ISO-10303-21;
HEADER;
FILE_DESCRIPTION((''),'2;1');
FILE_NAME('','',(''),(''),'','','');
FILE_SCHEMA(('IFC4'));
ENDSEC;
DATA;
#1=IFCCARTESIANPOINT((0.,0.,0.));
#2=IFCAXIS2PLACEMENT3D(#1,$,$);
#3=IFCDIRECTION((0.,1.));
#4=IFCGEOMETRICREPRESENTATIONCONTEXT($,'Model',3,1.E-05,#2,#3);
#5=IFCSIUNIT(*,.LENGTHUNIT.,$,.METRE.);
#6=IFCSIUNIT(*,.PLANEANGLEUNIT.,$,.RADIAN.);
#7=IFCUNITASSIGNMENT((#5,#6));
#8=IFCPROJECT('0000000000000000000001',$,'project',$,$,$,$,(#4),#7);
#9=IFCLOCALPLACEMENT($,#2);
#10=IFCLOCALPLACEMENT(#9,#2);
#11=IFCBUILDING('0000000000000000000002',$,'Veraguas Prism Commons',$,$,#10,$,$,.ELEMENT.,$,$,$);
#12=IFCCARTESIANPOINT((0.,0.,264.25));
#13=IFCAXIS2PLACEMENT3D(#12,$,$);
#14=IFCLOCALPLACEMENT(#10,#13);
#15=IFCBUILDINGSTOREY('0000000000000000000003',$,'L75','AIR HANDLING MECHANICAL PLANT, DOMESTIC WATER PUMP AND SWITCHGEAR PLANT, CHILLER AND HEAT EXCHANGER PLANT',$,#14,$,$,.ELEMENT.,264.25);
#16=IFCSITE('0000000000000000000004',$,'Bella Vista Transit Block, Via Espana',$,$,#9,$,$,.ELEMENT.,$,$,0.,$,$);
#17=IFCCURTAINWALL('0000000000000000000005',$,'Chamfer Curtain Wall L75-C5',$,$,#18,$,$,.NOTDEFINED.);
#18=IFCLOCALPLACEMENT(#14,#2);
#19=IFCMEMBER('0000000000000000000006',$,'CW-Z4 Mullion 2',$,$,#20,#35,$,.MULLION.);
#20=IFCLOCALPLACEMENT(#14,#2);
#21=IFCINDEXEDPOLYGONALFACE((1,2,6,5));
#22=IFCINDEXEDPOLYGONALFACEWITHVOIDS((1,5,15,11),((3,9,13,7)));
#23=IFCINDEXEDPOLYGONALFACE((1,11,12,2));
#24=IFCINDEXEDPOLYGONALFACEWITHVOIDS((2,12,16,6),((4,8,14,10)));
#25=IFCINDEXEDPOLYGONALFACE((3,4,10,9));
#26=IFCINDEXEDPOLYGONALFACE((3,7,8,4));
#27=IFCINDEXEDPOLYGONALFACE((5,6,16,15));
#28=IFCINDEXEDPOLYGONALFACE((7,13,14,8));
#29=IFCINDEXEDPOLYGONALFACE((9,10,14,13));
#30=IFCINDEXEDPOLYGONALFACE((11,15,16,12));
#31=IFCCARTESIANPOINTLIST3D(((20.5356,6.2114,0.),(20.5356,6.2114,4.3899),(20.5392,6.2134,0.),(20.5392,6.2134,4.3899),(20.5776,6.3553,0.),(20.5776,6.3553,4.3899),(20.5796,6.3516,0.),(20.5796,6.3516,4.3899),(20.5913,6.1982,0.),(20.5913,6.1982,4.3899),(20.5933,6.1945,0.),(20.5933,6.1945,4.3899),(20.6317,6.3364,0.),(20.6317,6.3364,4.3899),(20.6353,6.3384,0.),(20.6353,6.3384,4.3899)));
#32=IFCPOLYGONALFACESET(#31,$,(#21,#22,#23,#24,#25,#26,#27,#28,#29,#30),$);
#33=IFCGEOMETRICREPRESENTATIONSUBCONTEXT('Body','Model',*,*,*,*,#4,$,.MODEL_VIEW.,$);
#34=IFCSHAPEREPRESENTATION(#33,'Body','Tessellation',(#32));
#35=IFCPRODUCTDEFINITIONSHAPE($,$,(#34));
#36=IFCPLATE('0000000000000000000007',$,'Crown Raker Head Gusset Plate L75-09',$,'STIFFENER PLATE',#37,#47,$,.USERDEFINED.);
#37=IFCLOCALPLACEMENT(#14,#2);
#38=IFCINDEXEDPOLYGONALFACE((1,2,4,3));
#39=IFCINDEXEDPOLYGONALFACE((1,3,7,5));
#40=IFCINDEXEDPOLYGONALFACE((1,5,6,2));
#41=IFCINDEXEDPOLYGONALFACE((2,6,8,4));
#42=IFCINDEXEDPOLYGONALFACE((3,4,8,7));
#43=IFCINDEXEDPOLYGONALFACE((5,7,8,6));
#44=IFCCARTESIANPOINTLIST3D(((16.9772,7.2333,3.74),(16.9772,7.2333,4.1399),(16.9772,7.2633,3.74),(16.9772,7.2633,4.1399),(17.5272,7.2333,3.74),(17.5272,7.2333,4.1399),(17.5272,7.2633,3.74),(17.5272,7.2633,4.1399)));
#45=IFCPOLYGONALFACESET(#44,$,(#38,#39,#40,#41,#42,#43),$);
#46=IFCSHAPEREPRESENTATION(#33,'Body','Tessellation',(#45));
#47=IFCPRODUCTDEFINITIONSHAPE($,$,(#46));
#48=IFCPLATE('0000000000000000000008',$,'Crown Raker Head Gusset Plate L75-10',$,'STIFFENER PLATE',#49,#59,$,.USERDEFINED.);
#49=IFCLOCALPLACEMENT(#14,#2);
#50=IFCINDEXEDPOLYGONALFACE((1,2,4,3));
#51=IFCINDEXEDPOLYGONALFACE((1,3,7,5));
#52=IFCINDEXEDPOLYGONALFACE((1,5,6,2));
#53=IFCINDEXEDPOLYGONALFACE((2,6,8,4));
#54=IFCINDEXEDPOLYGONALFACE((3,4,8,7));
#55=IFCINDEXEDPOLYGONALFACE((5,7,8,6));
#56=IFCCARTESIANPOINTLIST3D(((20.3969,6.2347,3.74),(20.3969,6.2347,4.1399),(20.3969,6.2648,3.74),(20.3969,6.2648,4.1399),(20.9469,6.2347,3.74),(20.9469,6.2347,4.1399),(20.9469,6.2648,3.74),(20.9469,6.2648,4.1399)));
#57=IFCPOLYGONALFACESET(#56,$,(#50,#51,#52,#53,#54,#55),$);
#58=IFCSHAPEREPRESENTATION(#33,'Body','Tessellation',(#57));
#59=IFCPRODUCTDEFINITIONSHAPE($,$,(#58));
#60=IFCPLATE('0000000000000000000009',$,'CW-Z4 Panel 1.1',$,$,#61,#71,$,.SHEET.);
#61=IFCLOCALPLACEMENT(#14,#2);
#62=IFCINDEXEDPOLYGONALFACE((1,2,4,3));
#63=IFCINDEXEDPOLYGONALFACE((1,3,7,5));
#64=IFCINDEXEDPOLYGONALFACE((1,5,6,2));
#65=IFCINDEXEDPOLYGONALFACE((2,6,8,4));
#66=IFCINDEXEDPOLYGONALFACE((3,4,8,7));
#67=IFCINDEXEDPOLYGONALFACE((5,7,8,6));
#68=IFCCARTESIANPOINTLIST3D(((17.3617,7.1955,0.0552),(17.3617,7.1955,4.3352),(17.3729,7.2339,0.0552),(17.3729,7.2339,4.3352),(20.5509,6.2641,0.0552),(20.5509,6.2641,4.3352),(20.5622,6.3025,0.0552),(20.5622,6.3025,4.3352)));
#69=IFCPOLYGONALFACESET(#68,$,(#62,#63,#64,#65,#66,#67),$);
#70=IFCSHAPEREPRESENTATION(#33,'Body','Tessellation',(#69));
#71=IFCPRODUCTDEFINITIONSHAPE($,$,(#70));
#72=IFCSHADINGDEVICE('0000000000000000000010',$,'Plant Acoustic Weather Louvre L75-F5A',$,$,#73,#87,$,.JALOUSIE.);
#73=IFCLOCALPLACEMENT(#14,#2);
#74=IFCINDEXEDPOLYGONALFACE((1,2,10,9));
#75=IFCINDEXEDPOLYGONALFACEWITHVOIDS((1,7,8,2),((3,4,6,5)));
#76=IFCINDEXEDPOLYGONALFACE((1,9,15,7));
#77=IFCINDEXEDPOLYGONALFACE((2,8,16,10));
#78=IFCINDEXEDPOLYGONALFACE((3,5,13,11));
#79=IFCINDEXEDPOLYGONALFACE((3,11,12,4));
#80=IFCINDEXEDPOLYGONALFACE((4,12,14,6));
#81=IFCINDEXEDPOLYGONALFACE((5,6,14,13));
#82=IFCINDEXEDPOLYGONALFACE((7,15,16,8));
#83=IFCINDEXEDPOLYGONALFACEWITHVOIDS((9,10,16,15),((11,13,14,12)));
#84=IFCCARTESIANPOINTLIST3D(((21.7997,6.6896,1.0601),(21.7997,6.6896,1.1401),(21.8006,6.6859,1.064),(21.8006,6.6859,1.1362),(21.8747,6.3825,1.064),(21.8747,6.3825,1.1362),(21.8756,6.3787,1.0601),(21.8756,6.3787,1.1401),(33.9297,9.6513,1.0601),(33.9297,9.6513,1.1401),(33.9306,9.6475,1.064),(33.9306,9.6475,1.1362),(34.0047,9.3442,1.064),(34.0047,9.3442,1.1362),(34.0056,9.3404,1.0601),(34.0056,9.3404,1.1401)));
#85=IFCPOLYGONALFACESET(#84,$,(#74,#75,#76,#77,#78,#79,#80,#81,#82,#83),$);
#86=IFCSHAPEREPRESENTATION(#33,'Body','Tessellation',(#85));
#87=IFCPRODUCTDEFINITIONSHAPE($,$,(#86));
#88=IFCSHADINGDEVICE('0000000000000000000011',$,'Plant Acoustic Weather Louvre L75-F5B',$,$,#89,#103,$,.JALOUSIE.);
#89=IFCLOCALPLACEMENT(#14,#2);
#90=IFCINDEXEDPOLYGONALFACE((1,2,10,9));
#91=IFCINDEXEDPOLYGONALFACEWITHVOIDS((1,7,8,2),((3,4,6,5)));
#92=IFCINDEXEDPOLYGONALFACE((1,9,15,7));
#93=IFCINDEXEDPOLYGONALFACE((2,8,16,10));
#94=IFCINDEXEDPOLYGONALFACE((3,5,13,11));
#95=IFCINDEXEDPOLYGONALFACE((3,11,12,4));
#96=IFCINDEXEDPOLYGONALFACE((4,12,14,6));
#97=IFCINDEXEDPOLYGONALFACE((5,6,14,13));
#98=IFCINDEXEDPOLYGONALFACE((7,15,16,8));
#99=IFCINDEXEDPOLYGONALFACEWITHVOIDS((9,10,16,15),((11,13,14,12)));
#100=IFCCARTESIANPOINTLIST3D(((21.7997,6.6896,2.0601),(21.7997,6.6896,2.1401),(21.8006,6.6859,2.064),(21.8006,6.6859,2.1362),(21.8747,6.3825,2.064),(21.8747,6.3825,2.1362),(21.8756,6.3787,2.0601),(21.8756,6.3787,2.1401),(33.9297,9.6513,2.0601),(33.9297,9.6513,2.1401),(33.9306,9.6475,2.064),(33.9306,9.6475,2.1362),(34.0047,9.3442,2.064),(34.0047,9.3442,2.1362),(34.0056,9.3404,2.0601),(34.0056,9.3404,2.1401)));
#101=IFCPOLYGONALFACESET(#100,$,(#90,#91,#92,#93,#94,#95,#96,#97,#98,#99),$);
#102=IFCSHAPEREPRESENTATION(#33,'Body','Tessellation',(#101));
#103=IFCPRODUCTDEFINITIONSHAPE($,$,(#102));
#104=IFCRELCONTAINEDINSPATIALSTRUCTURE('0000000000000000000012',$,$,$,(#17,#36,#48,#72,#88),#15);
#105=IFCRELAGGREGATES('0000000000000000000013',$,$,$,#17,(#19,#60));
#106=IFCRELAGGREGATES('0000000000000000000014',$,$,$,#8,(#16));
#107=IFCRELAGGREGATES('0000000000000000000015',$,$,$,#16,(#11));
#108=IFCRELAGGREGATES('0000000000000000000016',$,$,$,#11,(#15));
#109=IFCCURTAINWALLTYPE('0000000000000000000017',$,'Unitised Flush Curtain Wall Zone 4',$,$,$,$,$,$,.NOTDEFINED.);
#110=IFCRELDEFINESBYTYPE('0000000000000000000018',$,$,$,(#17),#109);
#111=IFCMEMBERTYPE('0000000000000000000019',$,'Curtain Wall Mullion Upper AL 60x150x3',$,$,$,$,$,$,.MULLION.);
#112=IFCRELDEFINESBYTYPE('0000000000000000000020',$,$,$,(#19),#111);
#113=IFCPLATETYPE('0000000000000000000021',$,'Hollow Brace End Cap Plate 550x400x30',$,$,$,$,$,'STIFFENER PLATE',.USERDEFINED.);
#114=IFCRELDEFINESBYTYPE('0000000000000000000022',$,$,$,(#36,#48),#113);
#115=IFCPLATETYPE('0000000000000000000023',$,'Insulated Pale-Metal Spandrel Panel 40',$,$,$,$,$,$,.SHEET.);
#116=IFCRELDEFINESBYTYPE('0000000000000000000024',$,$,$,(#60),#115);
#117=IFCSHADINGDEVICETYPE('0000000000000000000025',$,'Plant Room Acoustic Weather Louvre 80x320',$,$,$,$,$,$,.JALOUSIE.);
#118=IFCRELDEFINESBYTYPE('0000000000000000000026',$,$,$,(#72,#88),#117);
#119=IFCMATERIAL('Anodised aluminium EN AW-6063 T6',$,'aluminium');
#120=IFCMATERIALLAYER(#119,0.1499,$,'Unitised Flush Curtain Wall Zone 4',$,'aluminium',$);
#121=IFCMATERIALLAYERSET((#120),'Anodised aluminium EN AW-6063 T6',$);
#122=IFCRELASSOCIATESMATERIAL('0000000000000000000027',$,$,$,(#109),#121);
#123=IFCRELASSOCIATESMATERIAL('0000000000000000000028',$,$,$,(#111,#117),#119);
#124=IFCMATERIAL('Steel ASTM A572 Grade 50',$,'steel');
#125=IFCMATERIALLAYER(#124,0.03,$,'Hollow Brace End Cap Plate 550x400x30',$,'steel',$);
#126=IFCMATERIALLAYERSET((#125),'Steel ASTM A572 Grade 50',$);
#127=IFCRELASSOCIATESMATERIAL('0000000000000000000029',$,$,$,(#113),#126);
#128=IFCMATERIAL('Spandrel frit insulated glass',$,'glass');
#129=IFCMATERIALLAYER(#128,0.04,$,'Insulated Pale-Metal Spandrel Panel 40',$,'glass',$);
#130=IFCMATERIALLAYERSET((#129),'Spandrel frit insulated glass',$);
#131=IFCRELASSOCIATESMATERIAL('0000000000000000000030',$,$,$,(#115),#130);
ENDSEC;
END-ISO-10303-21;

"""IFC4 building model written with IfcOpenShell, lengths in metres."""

from ifc_helpers import new_model, si_unit, direction, frame, origin, origin_2d, place, context, subcontext, project, spatial, rectangle, hollow_rectangle, extrude, source, transform, mapped, material, layer, layer_set, material_profile, profile_set, type_object, element, aggregate, save


model = new_model("IFC4")

# Units and contexts
model_context = context("Model", 3, precision=1e-05, world=origin(), true_north=direction((0.0, 1.0)))
body_context = subcontext(model_context, "Body", "Model", "MODEL_VIEW")
ifc_project = project(units=[si_unit("LENGTHUNIT", "METRE"), si_unit("PLANEANGLEUNIT", "RADIAN")], contexts=[model_context])

# Site, building, storey
site_placement = place(None, origin())
site = spatial("IfcSite", under=ifc_project, at=site_placement, Name="Bella Vista Transit Block, Via Espana", CompositionType="ELEMENT", RefElevation=0.0)
building_placement = place(site_placement, origin())
building = spatial("IfcBuilding", under=site, at=building_placement, Name="Veraguas Prism Commons", CompositionType="ELEMENT")
storey_placement = place(building_placement, frame((0.0, 0.0, 264.25)))
storey = spatial("IfcBuildingStorey", under=building, at=storey_placement, Name="L75", Description="AIR HANDLING MECHANICAL PLANT, DOMESTIC WATER PUMP AND SWITCHGEAR PLANT, CHILLER AND HEAT EXCHANGER PLANT", CompositionType="ELEMENT", Elevation=264.25)

# Curtain wall
ifc_material_1 = material(Name="Anodised aluminium EN AW-6063 T6", Category="aluminium")
ifc_layer_1 = layer(ifc_material_1, 0.1499, Name="Unitised Flush Curtain Wall Zone 4", Category="aluminium")
ifc_layer_set_1 = layer_set([ifc_layer_1], Name="Anodised aluminium EN AW-6063 T6")
curtain_wall_type = type_object("IfcCurtainWallType", Name="Unitised Flush Curtain Wall Zone 4", PredefinedType="NOTDEFINED", material=ifc_layer_set_1)
curtain_wall_1_placement = place(storey_placement, origin())
curtain_wall_1 = element("IfcCurtainWall", 1, at=curtain_wall_1_placement, inside=storey, type_object=curtain_wall_type, Name="Chamfer Curtain Wall L75-C5", PredefinedType="NOTDEFINED")

# Shared definitions
ifc_material_profile_1 = material_profile(ifc_material_1, hollow_rectangle(XDim=0.0601, YDim=0.1499, WallThickness=0.0029, at=origin_2d()), Name="AL60X150X3")
ifc_profile_set_1 = profile_set([ifc_material_profile_1], Name="Anodised aluminium EN AW-6063 T6")
member_type_1 = type_object("IfcMemberType", Name="Curtain Wall Mullion Upper AL 60x150x3", PredefinedType="MULLION", material=ifc_profile_set_1)
shared_shape_1 = source(origin(), body_context, "Body", "SweptSolid", [
    extrude(hollow_rectangle(XDim=0.0601, YDim=0.1499, WallThickness=0.0029, at=origin_2d()), origin(), (0.0, 0.0, 1.0), 4.3899),
])

# Member
member_1_placement = place(storey_placement, frame((20.5854, 6.2749, 0.0), z_axis=(0.0, 0.0, 1.0), x_axis=(0.959905, -0.280325, 0.0)))
member_1 = element("IfcMember", 2, at=member_1_placement, type_object=member_type_1, Name="CW-Z4 Mullion 2", PredefinedType="MULLION", context=body_context, shape_type="MappedRepresentation", body=[
    mapped(shared_shape_1, transform((0.0, 0.0, 0.0), scale=1.0)),
])

# Plates
ifc_material_2 = material(Name="Steel ASTM A572 Grade 50", Category="steel")
ifc_layer_2 = layer(ifc_material_2, 0.03, Name="Hollow Brace End Cap Plate 550x400x30", Category="steel")
ifc_layer_set_2 = layer_set([ifc_layer_2], Name="Steel ASTM A572 Grade 50")
plate_type_1 = type_object("IfcPlateType", Name="Hollow Brace End Cap Plate 550x400x30", ElementType="STIFFENER PLATE", PredefinedType="USERDEFINED", material=ifc_layer_set_2)
shared_shape_2 = source(origin(), body_context, "Body", "SweptSolid", [
    extrude(rectangle(XDim=0.55, YDim=0.03, at=origin_2d()), origin(), (0.0, 0.0, 1.0), 0.3999),
])
for number, where, z_axis, x_axis, name in (
    (3, (17.2522, 7.2483, 3.74), (0.0, 0.0, 1.0), (1.0, 0.0, 0.0), "Crown Raker Head Gusset Plate L75-09"),
    (4, (20.6719, 6.2498, 3.74), (0.0, 0.0, 1.0), (1.0, 0.0, 0.0), "Crown Raker Head Gusset Plate L75-10"),
):
    element("IfcPlate", number, at=place(storey_placement, frame(where, z_axis=z_axis, x_axis=x_axis)), inside=storey, type_object=plate_type_1, Name=name, ObjectType="STIFFENER PLATE", PredefinedType="USERDEFINED", context=body_context, shape_type="MappedRepresentation", body=[
        mapped(shared_shape_2, transform((0.0, 0.0, 0.0), scale=1.0)),
    ])

# Plate
ifc_material_3 = material(Name="Spandrel frit insulated glass", Category="glass")
ifc_layer_3 = layer(ifc_material_3, 0.04, Name="Insulated Pale-Metal Spandrel Panel 40", Category="glass")
ifc_layer_set_3 = layer_set([ifc_layer_3], Name="Spandrel frit insulated glass")
plate_type_2 = type_object("IfcPlateType", Name="Insulated Pale-Metal Spandrel Panel 40", PredefinedType="SHEET", material=ifc_layer_set_3)
shared_shape_3 = source(origin(), body_context, "Body", "SweptSolid", [
    extrude(rectangle(XDim=3.3225, YDim=0.04, at=origin_2d()), origin(), (0.0, 0.0, 1.0), 4.28),
])
plate_placement = place(storey_placement, frame((18.9619, 6.749, 0.0552), z_axis=(0.0, 0.0, 1.0), x_axis=(0.959905, -0.280325, 0.0)))
plate = element("IfcPlate", 5, at=plate_placement, type_object=plate_type_2, Name="CW-Z4 Panel 1.1", PredefinedType="SHEET", context=body_context, shape_type="MappedRepresentation", body=[
    mapped(shared_shape_3, transform((0.0, 0.0, 0.0), scale=1.0)),
])
aggregate(curtain_wall_1, [member_1, plate])

# Shading devices
ifc_material_profile_2 = material_profile(ifc_material_1, hollow_rectangle(XDim=0.0801, YDim=0.3201, WallThickness=0.0039, at=origin_2d()), Name="LVR80X320X4")
ifc_profile_set_2 = profile_set([ifc_material_profile_2], Name="Anodised aluminium EN AW-6063 T6")
shading_device_type = type_object("IfcShadingDeviceType", Name="Plant Room Acoustic Weather Louvre 80x320", PredefinedType="JALOUSIE", material=ifc_profile_set_2)
for number, where, z_axis, x_axis, name in (
    (6, (21.8376, 6.5342, 1.1001), (0.971462, 0.237195, 0.0), (0.0, 0.0, 1.0), "Plant Acoustic Weather Louvre L75-F5A"),
    (7, (21.8376, 6.5342, 2.1001), (0.971462, 0.237195, 0.0), (0.0, 0.0, 1.0), "Plant Acoustic Weather Louvre L75-F5B"),
):
    element("IfcShadingDevice", number, at=place(storey_placement, frame(where, z_axis=z_axis, x_axis=x_axis)), inside=storey, type_object=shading_device_type, Name=name, PredefinedType="JALOUSIE", context=body_context, shape_type="SweptSolid", body=[
        extrude(hollow_rectangle(XDim=0.0801, YDim=0.3201, WallThickness=0.0039, at=origin_2d()), origin(), (0.0, 0.0, 1.0), 12.4863),
    ])

save(model, "model.ifc")
